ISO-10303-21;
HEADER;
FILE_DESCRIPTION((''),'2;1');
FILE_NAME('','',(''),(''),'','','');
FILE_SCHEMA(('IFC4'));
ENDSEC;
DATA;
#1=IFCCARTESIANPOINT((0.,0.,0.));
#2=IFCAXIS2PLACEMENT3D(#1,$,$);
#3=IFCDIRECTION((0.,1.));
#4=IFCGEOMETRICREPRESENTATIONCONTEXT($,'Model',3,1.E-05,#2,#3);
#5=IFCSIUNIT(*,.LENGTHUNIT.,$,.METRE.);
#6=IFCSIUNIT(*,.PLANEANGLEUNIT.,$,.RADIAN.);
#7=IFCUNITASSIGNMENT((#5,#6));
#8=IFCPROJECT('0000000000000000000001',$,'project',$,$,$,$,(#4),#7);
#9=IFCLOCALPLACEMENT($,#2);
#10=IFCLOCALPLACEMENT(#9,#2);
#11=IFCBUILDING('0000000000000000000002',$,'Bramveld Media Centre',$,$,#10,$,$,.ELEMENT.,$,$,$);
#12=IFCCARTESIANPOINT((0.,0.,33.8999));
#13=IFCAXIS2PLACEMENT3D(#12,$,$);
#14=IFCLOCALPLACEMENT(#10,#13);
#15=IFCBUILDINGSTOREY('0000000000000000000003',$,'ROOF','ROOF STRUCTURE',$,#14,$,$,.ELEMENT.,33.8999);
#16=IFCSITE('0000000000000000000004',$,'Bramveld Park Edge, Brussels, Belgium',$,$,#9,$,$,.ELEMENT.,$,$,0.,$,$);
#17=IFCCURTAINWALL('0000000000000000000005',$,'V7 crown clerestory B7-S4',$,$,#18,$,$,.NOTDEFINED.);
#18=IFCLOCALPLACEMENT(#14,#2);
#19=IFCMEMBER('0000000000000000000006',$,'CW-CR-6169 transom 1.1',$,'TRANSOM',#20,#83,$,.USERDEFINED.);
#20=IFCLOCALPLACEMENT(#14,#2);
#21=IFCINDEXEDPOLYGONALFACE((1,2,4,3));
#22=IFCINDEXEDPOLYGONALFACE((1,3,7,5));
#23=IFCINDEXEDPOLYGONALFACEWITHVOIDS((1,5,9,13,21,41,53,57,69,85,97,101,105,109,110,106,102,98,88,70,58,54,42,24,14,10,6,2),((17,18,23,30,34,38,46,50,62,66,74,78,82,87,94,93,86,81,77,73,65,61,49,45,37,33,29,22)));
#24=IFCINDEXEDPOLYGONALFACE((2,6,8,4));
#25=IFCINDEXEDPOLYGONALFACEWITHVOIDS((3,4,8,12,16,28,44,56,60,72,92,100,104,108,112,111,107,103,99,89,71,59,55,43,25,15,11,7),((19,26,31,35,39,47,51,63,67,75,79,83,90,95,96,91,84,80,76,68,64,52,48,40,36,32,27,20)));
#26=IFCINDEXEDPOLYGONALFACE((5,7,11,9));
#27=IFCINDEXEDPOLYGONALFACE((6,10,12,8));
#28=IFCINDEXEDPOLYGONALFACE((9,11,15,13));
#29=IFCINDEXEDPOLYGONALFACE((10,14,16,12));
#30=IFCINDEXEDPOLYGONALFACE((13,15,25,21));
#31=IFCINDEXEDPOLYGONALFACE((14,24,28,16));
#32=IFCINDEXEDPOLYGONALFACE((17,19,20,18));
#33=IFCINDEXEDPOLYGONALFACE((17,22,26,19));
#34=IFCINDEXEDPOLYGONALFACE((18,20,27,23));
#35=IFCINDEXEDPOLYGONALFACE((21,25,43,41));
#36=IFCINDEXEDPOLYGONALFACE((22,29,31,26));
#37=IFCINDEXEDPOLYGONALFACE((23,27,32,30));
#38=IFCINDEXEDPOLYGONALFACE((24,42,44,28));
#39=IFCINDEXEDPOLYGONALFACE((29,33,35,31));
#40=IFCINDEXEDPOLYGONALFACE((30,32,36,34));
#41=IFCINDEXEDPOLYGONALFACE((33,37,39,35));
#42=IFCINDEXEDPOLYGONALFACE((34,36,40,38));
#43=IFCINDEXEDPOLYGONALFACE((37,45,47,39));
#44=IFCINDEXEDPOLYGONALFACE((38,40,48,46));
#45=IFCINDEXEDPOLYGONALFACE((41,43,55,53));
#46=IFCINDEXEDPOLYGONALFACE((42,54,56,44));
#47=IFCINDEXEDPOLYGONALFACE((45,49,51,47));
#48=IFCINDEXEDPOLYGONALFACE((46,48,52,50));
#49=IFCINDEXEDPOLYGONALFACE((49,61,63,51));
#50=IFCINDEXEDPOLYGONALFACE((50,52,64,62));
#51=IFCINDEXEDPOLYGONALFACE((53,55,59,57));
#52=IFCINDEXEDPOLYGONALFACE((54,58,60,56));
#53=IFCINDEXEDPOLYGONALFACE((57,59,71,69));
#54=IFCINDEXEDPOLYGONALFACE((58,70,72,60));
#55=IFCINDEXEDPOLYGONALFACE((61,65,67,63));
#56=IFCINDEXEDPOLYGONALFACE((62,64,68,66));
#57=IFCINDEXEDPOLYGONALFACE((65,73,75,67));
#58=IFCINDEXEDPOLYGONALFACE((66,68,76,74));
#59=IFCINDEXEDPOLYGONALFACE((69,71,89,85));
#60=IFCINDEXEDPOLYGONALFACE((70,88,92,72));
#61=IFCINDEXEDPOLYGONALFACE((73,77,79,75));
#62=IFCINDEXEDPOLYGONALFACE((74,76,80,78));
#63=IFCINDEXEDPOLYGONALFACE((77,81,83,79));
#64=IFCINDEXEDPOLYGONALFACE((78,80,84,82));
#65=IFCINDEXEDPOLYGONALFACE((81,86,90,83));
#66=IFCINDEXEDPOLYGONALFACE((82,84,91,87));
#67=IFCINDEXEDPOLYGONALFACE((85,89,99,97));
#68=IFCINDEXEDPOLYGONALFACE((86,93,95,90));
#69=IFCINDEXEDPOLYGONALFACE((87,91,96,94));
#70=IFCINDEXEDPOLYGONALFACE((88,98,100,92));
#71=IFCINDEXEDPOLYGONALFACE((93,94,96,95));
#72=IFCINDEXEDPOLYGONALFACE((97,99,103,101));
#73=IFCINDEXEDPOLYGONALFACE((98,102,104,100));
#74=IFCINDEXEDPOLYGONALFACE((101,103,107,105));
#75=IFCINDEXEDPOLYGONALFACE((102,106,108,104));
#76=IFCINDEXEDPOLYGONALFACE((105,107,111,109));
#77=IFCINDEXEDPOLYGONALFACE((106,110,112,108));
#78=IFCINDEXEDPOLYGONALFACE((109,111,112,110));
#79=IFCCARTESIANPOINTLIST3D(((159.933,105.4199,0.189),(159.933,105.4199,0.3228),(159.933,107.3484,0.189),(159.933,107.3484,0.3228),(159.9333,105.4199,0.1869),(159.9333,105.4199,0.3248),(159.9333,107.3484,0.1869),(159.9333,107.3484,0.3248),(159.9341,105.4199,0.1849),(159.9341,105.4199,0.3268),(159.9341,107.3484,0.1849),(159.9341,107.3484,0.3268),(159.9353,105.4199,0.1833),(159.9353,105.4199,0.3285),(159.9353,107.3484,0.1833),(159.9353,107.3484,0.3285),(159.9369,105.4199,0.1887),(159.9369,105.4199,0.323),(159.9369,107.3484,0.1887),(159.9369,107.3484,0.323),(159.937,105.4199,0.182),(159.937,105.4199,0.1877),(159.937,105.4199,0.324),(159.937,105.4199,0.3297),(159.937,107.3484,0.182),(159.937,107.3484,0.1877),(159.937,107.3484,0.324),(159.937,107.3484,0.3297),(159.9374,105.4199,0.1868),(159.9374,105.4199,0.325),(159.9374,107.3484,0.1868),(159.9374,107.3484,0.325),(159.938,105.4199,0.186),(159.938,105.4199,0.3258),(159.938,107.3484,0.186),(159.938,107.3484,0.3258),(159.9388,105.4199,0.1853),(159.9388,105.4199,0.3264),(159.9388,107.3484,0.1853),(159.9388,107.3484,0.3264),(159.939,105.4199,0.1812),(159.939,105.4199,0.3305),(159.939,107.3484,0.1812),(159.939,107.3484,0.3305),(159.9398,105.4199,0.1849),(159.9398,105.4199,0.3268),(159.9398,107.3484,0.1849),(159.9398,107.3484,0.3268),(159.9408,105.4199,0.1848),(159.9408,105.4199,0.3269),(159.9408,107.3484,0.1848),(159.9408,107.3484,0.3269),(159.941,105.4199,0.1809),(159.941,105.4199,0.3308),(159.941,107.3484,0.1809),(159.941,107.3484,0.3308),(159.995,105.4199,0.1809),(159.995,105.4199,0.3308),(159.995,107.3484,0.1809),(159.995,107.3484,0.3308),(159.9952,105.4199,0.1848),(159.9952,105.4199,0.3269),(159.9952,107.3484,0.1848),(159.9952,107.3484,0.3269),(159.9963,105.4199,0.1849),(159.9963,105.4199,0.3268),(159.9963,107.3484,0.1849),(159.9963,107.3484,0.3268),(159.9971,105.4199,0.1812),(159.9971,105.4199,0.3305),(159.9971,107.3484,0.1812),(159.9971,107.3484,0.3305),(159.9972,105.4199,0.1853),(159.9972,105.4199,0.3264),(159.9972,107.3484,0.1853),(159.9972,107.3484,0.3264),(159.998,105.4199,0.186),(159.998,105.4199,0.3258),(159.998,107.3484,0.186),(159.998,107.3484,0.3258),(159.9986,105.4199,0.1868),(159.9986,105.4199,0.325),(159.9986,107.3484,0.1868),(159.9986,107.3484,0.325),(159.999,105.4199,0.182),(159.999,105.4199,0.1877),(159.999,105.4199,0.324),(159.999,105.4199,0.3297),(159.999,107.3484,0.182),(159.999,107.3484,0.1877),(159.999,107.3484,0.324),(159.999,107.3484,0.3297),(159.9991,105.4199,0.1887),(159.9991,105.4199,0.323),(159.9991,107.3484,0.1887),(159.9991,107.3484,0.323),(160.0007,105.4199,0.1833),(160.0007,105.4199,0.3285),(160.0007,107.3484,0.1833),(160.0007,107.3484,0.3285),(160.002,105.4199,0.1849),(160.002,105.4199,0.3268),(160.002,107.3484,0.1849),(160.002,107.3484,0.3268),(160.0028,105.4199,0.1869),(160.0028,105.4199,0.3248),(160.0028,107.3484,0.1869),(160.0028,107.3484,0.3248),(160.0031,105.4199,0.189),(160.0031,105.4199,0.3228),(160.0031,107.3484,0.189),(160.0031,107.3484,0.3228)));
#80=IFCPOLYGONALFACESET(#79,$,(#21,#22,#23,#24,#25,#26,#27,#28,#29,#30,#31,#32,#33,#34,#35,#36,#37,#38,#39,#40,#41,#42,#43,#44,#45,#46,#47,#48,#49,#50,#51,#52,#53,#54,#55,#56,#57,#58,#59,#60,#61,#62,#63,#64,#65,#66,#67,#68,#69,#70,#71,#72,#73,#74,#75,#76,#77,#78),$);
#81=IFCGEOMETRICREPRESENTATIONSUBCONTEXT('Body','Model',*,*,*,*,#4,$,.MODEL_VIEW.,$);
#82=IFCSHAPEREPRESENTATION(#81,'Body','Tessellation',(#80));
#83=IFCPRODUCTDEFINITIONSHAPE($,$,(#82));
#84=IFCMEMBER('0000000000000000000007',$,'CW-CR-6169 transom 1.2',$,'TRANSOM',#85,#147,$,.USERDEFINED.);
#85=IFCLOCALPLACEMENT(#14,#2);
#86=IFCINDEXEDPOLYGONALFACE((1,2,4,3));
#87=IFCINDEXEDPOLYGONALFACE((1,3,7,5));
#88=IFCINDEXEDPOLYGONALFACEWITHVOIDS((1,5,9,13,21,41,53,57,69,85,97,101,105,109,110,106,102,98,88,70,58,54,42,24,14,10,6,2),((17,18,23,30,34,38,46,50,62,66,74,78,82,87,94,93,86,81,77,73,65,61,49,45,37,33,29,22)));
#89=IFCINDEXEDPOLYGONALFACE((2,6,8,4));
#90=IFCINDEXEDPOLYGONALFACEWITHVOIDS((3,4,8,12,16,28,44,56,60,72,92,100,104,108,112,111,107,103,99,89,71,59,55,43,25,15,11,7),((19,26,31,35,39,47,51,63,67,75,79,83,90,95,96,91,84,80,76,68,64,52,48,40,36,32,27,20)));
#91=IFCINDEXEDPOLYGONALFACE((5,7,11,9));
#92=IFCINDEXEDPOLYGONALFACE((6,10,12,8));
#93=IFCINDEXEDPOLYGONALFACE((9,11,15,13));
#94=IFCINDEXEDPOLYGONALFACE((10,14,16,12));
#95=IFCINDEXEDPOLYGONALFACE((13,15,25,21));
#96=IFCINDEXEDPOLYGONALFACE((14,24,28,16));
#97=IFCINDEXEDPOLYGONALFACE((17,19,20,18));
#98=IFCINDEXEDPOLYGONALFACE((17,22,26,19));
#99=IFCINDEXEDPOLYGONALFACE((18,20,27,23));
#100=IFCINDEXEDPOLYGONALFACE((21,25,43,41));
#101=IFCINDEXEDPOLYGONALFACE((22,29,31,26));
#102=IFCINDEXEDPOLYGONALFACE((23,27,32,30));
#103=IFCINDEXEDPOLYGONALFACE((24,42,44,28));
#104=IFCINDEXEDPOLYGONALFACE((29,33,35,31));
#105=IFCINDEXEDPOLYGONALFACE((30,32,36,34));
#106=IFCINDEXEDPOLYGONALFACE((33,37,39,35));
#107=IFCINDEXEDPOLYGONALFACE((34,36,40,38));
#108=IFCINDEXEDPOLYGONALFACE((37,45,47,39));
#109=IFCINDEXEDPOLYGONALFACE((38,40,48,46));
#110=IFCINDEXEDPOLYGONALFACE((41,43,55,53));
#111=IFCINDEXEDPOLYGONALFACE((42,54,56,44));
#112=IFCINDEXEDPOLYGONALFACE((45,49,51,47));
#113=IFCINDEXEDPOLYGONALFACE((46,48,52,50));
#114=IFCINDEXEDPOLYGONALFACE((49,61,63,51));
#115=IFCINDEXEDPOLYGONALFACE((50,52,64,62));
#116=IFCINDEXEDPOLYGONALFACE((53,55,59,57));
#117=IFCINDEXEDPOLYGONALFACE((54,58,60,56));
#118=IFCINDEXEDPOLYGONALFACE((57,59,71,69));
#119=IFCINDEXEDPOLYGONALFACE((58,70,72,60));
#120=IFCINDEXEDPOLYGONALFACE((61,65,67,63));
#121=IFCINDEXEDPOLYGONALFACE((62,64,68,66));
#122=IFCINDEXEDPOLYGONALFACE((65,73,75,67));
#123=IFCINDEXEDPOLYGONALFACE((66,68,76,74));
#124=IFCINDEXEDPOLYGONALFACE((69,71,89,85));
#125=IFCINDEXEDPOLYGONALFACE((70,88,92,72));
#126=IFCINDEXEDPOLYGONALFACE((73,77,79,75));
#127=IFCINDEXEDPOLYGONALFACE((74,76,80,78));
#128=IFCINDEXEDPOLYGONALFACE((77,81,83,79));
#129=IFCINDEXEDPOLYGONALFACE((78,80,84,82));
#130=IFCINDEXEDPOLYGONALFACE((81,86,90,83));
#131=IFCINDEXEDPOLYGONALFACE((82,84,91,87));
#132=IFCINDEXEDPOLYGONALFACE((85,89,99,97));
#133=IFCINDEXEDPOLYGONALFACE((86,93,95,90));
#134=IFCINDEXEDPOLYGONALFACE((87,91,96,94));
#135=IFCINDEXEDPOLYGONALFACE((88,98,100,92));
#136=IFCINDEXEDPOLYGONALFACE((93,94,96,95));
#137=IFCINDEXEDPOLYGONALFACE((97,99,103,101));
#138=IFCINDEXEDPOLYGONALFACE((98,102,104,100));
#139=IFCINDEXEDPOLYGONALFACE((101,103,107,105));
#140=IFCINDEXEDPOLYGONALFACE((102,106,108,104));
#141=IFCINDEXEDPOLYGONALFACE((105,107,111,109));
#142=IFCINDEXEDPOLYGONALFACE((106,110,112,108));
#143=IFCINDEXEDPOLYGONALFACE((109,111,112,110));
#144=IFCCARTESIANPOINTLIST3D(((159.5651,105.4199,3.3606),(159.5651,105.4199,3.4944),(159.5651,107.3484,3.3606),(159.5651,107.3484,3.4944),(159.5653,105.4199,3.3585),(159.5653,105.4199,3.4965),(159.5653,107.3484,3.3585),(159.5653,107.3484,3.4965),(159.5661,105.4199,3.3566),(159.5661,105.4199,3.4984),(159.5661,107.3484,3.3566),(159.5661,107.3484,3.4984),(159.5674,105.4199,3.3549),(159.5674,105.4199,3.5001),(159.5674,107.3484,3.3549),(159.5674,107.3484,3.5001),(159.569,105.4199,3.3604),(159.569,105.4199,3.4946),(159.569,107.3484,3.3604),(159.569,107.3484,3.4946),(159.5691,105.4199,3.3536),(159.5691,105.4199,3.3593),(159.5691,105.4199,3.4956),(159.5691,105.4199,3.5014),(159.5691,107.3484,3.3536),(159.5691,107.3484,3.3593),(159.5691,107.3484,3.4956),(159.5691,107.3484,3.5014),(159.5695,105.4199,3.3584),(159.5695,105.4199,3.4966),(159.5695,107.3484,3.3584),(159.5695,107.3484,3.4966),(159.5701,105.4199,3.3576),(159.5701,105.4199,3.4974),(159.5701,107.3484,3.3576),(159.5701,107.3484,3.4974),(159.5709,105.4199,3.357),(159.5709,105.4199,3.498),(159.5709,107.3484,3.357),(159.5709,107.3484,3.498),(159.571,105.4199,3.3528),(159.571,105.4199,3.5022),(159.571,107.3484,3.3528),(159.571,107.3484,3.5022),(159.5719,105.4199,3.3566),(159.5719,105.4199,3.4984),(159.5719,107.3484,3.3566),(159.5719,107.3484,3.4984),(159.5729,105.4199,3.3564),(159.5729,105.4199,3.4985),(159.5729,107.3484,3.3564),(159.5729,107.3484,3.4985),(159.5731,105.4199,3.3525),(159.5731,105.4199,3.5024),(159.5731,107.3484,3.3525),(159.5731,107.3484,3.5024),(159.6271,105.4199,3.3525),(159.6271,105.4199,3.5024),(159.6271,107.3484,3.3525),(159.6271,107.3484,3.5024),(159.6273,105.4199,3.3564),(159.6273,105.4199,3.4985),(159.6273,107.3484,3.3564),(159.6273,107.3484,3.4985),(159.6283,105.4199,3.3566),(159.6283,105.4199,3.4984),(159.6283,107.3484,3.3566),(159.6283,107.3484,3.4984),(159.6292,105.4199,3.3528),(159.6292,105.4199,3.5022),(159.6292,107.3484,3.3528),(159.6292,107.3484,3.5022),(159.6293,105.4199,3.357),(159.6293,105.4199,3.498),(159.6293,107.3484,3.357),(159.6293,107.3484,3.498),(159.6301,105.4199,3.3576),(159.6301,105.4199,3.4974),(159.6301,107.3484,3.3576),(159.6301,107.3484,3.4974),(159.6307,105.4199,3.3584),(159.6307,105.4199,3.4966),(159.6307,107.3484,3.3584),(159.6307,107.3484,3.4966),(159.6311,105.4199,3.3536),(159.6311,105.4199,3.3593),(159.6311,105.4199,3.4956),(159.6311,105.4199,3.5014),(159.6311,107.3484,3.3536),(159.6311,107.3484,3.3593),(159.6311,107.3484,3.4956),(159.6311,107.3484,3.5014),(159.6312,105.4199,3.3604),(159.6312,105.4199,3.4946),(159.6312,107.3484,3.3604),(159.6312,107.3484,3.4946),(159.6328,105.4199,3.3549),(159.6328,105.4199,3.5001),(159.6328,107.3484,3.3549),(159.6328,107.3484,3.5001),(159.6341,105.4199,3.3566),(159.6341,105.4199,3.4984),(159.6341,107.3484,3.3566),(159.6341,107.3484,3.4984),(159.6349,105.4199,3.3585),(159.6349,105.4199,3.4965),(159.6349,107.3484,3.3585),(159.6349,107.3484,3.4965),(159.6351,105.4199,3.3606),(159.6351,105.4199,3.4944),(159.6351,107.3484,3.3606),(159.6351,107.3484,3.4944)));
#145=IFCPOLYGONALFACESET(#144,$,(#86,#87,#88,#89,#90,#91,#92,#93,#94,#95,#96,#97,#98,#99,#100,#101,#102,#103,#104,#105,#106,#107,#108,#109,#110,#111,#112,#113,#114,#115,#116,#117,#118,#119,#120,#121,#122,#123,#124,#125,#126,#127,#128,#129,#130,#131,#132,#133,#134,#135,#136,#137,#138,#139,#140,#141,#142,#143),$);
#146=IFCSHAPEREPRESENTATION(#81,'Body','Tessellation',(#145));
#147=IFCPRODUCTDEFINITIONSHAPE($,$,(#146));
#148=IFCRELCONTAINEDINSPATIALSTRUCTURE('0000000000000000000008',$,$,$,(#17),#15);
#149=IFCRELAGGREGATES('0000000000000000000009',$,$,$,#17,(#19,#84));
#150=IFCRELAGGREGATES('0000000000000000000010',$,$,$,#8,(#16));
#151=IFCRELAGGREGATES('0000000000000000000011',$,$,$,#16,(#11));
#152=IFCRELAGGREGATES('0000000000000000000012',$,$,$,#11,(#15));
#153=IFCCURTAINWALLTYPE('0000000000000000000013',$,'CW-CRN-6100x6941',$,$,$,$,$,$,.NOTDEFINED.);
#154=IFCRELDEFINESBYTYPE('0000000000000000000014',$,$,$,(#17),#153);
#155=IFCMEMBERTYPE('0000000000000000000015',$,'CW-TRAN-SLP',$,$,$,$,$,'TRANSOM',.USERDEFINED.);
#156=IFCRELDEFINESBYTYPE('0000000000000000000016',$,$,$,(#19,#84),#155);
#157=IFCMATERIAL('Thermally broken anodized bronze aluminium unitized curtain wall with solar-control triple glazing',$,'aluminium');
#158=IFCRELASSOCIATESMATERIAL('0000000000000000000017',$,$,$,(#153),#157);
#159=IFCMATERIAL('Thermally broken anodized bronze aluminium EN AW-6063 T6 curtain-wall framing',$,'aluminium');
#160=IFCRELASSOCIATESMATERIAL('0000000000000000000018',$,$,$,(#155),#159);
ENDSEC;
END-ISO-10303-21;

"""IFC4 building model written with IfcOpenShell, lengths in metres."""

from ifc_helpers import new_model, si_unit, direction, frame, origin, origin_2d, place, context, subcontext, project, spatial, hollow_rectangle, extrude, material, material_profile, profile_set, type_object, element, aggregate, save


model = new_model("IFC4")

# Units and contexts
model_context = context("Model", 3, precision=1e-05, world=origin(), true_north=direction((0.0, 1.0)))
body_context = subcontext(model_context, "Body", "Model", "MODEL_VIEW")
ifc_project = project(units=[si_unit("LENGTHUNIT", "METRE"), si_unit("PLANEANGLEUNIT", "RADIAN")], contexts=[model_context])

# Site, building, storey
site_placement = place(None, origin())
site = spatial("IfcSite", under=ifc_project, at=site_placement, Name="Bramveld Park Edge, Brussels, Belgium", CompositionType="ELEMENT", RefElevation=0.0)
building_placement = place(site_placement, origin())
building = spatial("IfcBuilding", under=site, at=building_placement, Name="Bramveld Media Centre", CompositionType="ELEMENT")
storey_placement = place(building_placement, frame((0.0, 0.0, 33.8999)))
storey = spatial("IfcBuildingStorey", under=building, at=storey_placement, Name="ROOF", Description="ROOF STRUCTURE", CompositionType="ELEMENT", Elevation=33.8999)

# Curtain wall
ifc_material_1 = material(Name="Thermally broken anodized bronze aluminium unitized curtain wall with solar-control triple glazing", Category="aluminium")
curtain_wall_type = type_object("IfcCurtainWallType", Name="CW-CRN-6100x6941", PredefinedType="NOTDEFINED", material=ifc_material_1)
curtain_wall_1_placement = place(storey_placement, origin())
curtain_wall_1 = element("IfcCurtainWall", 1, at=curtain_wall_1_placement, inside=storey, type_object=curtain_wall_type, Name="V7 crown clerestory B7-S4", PredefinedType="NOTDEFINED")

# Members
ifc_material_2 = material(Name="Thermally broken anodized bronze aluminium EN AW-6063 T6 curtain-wall framing", Category="aluminium")
ifc_material_profile_1 = material_profile(ifc_material_2, hollow_rectangle(XDim=0.0701, YDim=0.1499, WallThickness=0.0039, InnerFilletRadius=0.0039, OuterFilletRadius=0.0081, at=origin_2d()), Name="AL-TRAN 70x150")
ifc_profile_set_1 = profile_set([ifc_material_profile_1], Name="Thermally broken anodized bronze aluminium EN AW-6063 T6 curtain-wall framing")
member_type_1 = type_object("IfcMemberType", Name="CW-TRAN-SLP", ElementType="TRANSOM", PredefinedType="USERDEFINED", material=ifc_profile_set_1)
member_1_placement = place(storey_placement, frame((159.968, 105.4199, 0.2559), z_axis=(0.0, 1.0, 0.0), x_axis=(-1.0, 0.0, 0.0)))
member_1 = element("IfcMember", 2, at=member_1_placement, type_object=member_type_1, Name="CW-CR-6169 transom 1.1", ObjectType="TRANSOM", PredefinedType="USERDEFINED", context=body_context, shape_type="SweptSolid", body=[
    extrude(hollow_rectangle(XDim=0.0701, YDim=0.1499, WallThickness=0.0039, InnerFilletRadius=0.0039, OuterFilletRadius=0.0081, at=origin_2d()), origin(), (0.0, 0.0, 1.0), 1.9285),
])
member_2_placement = place(storey_placement, frame((159.6001, 105.4199, 3.4275), z_axis=(0.0, 1.0, 0.0), x_axis=(-1.0, 0.0, 0.0)))
member_2 = element("IfcMember", 3, at=member_2_placement, type_object=member_type_1, Name="CW-CR-6169 transom 1.2", ObjectType="TRANSOM", PredefinedType="USERDEFINED", context=body_context, shape_type="SweptSolid", body=[
    extrude(hollow_rectangle(XDim=0.0701, YDim=0.1499, WallThickness=0.0039, InnerFilletRadius=0.0039, OuterFilletRadius=0.0081, at=origin_2d()), origin(), (0.0, 0.0, 1.0), 1.9285),
])

aggregate(curtain_wall_1, [member_1, member_2])

save(model, "model.ifc")
